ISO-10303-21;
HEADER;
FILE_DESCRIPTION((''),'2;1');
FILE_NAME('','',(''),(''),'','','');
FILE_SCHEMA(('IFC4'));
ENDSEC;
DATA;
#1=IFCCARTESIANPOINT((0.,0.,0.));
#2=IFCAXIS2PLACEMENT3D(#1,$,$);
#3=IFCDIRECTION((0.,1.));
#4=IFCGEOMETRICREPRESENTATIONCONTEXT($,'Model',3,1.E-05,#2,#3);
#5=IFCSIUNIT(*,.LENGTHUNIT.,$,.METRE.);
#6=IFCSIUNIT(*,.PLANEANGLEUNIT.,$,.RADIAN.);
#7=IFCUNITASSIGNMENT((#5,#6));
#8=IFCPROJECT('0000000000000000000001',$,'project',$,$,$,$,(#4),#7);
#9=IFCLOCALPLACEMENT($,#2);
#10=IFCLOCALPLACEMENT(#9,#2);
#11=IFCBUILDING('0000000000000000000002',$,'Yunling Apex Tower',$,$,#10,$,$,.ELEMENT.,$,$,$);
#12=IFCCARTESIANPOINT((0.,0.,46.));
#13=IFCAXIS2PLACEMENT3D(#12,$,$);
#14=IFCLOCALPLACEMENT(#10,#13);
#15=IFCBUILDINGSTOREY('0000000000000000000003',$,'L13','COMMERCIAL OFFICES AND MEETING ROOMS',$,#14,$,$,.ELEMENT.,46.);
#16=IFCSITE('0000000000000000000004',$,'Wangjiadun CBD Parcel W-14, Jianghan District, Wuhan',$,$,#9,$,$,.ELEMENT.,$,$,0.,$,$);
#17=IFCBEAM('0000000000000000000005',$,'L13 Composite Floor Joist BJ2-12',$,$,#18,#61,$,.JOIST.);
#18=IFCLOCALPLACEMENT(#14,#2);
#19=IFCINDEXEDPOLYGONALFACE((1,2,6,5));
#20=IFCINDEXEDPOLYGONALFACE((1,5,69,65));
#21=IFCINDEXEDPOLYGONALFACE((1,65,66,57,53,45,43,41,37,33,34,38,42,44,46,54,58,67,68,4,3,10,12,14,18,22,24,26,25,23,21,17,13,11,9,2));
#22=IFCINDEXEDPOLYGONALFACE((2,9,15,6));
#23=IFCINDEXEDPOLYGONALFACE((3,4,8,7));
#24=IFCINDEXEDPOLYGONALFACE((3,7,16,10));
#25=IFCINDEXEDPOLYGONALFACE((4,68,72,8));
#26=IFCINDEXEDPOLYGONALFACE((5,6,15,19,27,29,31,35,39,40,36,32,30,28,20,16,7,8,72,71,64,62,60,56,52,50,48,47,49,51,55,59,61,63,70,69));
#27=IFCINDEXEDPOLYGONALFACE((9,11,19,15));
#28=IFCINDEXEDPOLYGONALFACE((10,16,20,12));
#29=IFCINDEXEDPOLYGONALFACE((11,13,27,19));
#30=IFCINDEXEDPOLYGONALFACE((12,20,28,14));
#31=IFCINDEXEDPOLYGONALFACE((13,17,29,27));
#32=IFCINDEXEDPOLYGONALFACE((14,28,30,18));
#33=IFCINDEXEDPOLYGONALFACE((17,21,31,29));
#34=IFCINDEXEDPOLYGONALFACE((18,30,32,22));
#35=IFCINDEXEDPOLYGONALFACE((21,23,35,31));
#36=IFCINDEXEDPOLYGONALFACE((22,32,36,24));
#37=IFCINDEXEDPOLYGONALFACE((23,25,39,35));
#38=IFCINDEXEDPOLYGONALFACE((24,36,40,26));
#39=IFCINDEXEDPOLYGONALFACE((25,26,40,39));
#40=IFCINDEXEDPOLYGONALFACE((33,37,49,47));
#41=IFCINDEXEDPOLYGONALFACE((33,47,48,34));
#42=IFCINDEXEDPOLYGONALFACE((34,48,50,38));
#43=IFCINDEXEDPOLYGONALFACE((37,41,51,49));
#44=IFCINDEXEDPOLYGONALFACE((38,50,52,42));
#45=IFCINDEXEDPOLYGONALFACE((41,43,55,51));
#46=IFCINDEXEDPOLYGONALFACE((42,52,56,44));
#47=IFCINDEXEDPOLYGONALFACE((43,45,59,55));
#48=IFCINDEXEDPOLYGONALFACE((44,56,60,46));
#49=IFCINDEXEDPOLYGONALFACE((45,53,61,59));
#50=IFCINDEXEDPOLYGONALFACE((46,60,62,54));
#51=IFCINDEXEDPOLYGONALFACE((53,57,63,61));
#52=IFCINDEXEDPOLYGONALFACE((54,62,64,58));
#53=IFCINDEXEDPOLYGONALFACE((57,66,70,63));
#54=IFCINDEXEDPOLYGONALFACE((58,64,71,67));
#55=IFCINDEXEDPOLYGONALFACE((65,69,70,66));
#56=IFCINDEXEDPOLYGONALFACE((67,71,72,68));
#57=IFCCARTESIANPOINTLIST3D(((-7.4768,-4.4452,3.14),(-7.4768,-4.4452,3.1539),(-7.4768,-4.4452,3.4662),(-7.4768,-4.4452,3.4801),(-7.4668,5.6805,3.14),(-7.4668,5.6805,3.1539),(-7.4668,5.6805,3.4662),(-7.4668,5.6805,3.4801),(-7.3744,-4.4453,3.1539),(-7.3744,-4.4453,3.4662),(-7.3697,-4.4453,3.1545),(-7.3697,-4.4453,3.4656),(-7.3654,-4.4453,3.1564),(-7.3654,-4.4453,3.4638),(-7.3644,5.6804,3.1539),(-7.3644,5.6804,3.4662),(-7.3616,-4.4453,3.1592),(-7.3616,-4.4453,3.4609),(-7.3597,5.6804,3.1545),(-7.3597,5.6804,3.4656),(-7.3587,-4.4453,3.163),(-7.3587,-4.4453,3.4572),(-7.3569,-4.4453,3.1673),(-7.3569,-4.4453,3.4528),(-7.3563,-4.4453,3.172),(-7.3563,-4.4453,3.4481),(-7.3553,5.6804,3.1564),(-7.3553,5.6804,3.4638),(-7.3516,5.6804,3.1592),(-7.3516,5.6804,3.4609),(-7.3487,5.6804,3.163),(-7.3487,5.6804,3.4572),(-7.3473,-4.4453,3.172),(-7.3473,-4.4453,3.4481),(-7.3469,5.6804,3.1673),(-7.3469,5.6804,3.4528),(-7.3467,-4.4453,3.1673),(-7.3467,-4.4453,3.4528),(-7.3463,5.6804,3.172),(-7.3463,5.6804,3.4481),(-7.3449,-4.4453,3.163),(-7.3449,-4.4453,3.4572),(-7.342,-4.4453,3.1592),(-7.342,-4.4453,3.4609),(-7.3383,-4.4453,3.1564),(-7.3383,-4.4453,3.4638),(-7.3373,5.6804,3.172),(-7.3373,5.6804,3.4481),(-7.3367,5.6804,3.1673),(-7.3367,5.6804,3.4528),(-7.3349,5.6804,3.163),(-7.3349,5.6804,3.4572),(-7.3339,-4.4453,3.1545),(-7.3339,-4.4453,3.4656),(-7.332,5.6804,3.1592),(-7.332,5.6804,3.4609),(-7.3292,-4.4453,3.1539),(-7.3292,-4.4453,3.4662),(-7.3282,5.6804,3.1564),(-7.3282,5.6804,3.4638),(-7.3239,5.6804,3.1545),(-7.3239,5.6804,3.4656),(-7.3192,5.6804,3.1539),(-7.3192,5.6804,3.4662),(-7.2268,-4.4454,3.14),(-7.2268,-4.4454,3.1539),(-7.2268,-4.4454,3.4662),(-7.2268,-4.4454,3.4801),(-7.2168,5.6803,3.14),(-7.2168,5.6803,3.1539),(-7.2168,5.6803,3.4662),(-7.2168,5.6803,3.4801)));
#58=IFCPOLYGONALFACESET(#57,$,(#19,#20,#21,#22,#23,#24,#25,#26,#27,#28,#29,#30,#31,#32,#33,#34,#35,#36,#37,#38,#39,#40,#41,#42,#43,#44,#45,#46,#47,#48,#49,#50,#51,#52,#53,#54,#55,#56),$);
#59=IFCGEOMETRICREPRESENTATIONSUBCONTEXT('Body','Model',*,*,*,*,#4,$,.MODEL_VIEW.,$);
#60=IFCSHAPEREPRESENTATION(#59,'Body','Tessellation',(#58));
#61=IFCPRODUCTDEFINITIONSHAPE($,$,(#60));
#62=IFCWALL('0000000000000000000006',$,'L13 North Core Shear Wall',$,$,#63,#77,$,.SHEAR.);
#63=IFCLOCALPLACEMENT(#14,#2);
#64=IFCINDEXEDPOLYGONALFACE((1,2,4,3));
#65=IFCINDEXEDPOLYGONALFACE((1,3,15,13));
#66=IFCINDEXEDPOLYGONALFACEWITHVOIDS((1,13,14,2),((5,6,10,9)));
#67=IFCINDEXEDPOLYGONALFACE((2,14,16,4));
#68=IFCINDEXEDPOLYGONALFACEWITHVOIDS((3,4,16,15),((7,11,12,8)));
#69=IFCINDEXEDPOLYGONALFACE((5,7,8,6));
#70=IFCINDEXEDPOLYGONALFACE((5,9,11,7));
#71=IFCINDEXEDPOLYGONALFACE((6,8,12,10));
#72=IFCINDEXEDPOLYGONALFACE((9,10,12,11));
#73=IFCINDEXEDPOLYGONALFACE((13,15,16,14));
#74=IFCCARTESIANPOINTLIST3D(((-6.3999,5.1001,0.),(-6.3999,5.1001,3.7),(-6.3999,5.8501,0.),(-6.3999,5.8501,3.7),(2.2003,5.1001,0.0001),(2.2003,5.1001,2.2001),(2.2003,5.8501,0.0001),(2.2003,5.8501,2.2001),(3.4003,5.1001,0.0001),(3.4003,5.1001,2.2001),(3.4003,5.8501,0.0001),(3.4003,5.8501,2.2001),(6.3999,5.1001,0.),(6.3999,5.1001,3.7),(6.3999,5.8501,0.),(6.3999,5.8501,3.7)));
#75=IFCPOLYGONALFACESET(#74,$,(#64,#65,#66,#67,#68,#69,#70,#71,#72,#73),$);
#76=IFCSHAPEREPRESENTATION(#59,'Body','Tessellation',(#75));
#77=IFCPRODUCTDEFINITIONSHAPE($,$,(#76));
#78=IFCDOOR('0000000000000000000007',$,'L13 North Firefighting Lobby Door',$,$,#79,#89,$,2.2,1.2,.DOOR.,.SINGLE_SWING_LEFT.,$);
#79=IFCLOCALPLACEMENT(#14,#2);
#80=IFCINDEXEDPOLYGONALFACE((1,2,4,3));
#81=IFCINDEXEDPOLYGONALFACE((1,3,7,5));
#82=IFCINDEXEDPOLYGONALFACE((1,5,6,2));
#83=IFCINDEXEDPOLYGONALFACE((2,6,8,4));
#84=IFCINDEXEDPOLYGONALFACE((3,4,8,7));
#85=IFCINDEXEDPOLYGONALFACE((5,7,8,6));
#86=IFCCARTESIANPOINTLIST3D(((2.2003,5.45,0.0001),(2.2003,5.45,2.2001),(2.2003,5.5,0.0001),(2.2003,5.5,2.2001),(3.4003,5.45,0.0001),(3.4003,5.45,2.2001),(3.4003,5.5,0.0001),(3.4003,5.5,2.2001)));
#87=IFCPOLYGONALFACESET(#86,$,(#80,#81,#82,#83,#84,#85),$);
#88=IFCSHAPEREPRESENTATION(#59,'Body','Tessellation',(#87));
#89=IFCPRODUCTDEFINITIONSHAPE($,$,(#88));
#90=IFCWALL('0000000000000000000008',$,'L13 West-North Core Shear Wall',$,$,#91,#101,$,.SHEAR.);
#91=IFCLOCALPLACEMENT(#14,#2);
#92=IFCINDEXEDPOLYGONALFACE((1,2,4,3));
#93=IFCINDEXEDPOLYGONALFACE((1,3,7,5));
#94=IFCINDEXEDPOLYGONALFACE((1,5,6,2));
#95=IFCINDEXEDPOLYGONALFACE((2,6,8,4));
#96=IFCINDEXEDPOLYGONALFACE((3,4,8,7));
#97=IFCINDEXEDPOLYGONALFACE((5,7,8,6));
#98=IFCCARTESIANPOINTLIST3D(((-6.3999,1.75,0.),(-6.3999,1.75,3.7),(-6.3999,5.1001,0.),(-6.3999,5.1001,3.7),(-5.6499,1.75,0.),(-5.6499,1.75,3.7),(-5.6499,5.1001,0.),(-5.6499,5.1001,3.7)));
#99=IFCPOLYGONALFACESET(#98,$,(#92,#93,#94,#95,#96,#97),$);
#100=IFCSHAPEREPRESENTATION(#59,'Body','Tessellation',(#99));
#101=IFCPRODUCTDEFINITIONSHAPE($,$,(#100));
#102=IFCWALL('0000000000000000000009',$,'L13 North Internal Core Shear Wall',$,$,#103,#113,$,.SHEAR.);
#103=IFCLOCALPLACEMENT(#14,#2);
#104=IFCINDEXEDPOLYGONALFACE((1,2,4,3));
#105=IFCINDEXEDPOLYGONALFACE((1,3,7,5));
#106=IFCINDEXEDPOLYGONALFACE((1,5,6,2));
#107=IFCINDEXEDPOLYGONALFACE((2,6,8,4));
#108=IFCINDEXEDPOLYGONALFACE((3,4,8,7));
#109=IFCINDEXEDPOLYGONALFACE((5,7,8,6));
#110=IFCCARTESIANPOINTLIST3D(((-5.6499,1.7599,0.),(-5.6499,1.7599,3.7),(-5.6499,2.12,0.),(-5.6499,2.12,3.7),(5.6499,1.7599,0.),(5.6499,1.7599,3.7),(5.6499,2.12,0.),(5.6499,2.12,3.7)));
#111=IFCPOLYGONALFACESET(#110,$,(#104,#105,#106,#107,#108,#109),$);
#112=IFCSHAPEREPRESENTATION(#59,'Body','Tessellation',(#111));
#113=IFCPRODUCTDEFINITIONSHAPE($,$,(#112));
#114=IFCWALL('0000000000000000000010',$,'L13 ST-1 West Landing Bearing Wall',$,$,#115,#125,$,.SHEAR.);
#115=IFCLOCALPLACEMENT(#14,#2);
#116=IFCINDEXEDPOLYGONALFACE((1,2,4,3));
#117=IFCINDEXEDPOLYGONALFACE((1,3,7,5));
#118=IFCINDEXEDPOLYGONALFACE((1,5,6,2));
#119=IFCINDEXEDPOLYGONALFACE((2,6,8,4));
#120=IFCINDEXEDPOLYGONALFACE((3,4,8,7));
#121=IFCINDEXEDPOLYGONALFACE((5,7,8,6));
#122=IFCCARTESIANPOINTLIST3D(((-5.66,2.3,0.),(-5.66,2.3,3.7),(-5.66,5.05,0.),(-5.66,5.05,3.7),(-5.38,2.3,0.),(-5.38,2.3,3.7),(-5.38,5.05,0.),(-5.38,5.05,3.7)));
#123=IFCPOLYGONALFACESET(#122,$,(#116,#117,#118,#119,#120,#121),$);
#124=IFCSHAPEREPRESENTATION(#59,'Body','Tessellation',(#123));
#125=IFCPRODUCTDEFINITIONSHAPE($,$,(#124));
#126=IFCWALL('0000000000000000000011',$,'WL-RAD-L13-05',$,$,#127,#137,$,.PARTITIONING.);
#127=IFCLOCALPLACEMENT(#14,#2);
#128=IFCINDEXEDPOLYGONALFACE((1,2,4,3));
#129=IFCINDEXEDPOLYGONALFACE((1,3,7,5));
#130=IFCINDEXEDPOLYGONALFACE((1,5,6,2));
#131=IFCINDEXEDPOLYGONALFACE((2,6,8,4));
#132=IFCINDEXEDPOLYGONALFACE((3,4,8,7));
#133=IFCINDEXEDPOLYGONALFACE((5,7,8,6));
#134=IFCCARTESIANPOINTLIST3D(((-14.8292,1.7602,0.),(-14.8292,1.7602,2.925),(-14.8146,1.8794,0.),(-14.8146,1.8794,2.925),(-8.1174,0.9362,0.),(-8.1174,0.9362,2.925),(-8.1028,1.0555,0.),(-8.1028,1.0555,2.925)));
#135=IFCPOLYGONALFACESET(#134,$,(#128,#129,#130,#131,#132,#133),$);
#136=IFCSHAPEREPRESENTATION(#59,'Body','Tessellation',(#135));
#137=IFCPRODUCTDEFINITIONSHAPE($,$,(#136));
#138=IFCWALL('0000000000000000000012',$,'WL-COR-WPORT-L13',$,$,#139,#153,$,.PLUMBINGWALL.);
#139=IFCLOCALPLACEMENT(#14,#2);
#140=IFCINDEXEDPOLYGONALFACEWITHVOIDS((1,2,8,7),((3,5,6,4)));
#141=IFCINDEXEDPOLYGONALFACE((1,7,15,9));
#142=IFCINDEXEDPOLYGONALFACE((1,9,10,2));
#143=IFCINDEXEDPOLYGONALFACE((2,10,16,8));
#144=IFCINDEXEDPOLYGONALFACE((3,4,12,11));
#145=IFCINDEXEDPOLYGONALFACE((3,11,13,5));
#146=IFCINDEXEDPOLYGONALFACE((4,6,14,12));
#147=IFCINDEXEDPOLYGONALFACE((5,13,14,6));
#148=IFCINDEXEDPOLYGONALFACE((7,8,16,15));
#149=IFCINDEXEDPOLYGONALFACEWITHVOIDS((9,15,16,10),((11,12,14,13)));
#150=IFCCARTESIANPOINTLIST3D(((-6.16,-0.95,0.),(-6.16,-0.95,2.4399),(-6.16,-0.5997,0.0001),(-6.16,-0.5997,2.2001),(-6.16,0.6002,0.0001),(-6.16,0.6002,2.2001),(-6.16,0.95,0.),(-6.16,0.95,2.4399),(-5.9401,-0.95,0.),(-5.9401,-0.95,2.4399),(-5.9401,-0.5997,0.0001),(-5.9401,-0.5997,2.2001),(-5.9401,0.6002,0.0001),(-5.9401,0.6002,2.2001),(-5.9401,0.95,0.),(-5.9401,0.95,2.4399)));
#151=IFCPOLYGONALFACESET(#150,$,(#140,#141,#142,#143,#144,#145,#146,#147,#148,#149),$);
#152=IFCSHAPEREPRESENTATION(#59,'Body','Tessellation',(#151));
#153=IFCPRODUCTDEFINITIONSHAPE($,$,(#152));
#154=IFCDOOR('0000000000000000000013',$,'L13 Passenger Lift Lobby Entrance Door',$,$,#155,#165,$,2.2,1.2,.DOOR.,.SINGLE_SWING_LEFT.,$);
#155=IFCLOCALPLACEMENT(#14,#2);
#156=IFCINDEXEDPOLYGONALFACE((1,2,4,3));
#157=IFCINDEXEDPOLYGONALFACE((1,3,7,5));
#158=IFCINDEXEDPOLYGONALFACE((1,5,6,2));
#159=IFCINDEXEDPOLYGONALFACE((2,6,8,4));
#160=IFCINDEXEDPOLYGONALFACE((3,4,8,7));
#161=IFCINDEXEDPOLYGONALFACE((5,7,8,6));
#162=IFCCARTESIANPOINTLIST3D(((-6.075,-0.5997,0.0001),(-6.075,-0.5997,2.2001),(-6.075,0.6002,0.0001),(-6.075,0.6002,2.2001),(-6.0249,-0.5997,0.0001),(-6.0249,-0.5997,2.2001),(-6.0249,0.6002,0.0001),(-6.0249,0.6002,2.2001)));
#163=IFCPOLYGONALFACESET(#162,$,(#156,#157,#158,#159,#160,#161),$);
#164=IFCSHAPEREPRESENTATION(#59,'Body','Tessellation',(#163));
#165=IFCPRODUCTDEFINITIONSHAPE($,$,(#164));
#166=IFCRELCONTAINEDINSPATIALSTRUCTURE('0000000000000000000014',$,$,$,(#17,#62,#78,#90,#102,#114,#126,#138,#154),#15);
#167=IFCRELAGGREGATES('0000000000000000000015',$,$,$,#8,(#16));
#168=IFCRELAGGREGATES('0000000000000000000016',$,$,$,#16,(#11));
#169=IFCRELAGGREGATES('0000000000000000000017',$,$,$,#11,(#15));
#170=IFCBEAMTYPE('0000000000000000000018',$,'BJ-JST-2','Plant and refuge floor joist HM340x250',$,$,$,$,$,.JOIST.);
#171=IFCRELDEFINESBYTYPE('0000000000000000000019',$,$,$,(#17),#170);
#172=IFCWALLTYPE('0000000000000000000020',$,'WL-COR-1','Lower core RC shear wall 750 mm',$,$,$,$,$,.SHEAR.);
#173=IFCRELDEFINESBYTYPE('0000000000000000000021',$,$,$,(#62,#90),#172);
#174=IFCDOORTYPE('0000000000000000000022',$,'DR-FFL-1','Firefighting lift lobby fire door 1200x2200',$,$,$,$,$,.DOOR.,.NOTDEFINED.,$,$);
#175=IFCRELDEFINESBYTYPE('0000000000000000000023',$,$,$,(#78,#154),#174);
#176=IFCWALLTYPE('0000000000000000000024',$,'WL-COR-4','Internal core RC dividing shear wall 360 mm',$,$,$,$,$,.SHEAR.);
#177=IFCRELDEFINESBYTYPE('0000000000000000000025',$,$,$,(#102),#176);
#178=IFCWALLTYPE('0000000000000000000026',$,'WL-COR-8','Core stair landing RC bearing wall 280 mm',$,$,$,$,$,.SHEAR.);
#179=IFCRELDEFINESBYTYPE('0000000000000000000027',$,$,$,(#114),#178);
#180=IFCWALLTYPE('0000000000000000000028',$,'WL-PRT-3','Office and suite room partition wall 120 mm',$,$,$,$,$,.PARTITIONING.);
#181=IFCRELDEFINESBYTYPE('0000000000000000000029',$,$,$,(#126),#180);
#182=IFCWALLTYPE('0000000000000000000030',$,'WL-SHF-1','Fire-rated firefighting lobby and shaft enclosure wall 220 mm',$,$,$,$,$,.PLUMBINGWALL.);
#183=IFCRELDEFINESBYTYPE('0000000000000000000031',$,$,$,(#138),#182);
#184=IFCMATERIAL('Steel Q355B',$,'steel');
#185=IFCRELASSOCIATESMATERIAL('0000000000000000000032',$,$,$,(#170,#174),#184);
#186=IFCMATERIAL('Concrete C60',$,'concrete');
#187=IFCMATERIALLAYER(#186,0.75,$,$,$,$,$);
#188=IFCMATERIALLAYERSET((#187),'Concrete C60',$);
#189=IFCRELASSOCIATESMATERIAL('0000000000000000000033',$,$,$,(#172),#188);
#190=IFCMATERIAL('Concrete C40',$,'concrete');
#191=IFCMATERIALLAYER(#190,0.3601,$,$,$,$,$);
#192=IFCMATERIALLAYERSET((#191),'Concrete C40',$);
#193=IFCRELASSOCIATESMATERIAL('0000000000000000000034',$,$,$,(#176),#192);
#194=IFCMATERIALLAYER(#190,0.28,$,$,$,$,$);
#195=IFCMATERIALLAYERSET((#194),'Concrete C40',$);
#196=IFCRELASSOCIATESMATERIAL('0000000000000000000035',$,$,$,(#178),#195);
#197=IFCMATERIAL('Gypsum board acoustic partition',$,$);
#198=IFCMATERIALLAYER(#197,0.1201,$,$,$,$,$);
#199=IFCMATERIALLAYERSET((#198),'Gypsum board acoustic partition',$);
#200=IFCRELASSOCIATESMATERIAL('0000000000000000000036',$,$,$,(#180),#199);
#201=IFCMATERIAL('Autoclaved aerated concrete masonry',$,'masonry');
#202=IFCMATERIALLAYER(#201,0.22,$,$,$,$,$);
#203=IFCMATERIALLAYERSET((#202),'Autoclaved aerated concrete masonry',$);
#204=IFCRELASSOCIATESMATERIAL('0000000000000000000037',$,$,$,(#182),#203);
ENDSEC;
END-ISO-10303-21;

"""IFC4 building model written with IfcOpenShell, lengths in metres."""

from ifc_helpers import new_model, si_unit, direction, frame, frame_2d, origin, origin_2d, place, context, subcontext, project, spatial, rectangle, i_section, extrude, source, transform, mapped, material, layer, layer_set, material_profile, profile_set, type_object, element, fill, save


model = new_model("IFC4")

# Units and contexts
model_context = context("Model", 3, precision=1e-05, world=origin(), true_north=direction((0.0, 1.0)))
body_context = subcontext(model_context, "Body", "Model", "MODEL_VIEW")
ifc_project = project(units=[si_unit("LENGTHUNIT", "METRE"), si_unit("PLANEANGLEUNIT", "RADIAN")], contexts=[model_context])

# Site, building, storey
site_placement = place(None, origin())
site = spatial("IfcSite", under=ifc_project, at=site_placement, Name="Wangjiadun CBD Parcel W-14, Jianghan District, Wuhan", CompositionType="ELEMENT", RefElevation=0.0)
building_placement = place(site_placement, origin())
building = spatial("IfcBuilding", under=site, at=building_placement, Name="Yunling Apex Tower", CompositionType="ELEMENT")
storey_placement = place(building_placement, frame((0.0, 0.0, 46.0)))
storey = spatial("IfcBuildingStorey", under=building, at=storey_placement, Name="L13", Description="COMMERCIAL OFFICES AND MEETING ROOMS", CompositionType="ELEMENT", Elevation=46.0)

# Shared definitions
ifc_material_1 = material(Name="Concrete C60", Category="concrete")

# Beam
ifc_material_2 = material(Name="Steel Q355B", Category="steel")
ifc_material_profile_1 = material_profile(ifc_material_2, i_section(OverallWidth=0.25, OverallDepth=0.3401, WebThickness=0.009, FlangeThickness=0.0139, FilletRadius=0.0181, at=origin_2d()))
ifc_profile_set_1 = profile_set([ifc_material_profile_1], Name="Steel Q355B")
beam_type_1 = type_object("IfcBeamType", Name="BJ-JST-2", Description="Plant and refuge floor joist HM340x250", PredefinedType="JOIST", material=ifc_profile_set_1)
shared_shape_1 = source(origin(), body_context, "Body", "SweptSolid", [
    extrude(i_section(OverallWidth=0.25, OverallDepth=0.3401, WebThickness=0.009, FlangeThickness=0.0139, FilletRadius=0.0181, at=origin_2d()), origin(), (0.0, 0.0, 1.0), 10.1257),
])
beam_1_placement = place(storey_placement, frame((-7.3418, 5.6804, 3.3101), z_axis=(-0.000989, -1.0, 0.0), x_axis=(1.0, -0.000989, 0.0)))
element("IfcBeam", 1, at=beam_1_placement, inside=storey, type_object=beam_type_1, Name="L13 Composite Floor Joist BJ2-12", PredefinedType="JOIST", context=body_context, shape_type="MappedRepresentation", body=[
    mapped(shared_shape_1, transform((0.0, 0.0, 0.0), scale=1.0)),
])

# Wall, opening, door
ifc_layer_1 = layer(ifc_material_1, 0.75)
ifc_layer_set_1 = layer_set([ifc_layer_1], Name="Concrete C60")
wall_type_1 = type_object("IfcWallType", Name="WL-COR-1", Description="Lower core RC shear wall 750 mm", PredefinedType="SHEAR", material=ifc_layer_set_1)
wall_1_placement = place(storey_placement, frame((-6.3999, 5.4751, 0.0), z_axis=(0.0, 0.0, 1.0), x_axis=(1.0, 0.0, 0.0)))
wall_1 = element("IfcWall", 2, at=wall_1_placement, inside=storey, type_object=wall_type_1, Name="L13 North Core Shear Wall", PredefinedType="SHEAR", context=body_context, shape_type="SweptSolid", body=[
    extrude(rectangle(XDim=12.7998, YDim=0.75, at=frame_2d((6.3999, 0.0))), origin(), (0.0, 0.0, 1.0), 3.7),
])
opening_1_placement = place(wall_1_placement, frame((8.6001, 0.0, 0.0)))
opening_1 = element("IfcOpeningElement", 3, at=opening_1_placement, cuts=wall_1, PredefinedType="OPENING", context=body_context, shape_type="SweptSolid", body=[
    extrude(rectangle(XDim=1.2, YDim=2.2, at=frame_2d((0.6001, 1.1001))), frame((0.0, 0.385, 0.0), z_axis=(0.0, -1.0, 0.0), x_axis=(1.0, 0.0, 0.0)), (0.0, 0.0, 1.0), 0.77),
])
door_type_1 = type_object("IfcDoorType", Name="DR-FFL-1", Description="Firefighting lift lobby fire door 1200x2200", OperationType="NOTDEFINED", PredefinedType="DOOR", material=ifc_material_2)
door_1_placement = place(opening_1_placement, origin())
door_1 = element("IfcDoor", 4, at=door_1_placement, inside=storey, type_object=door_type_1, Name="L13 North Firefighting Lobby Door", OperationType="SINGLE_SWING_LEFT", OverallHeight=2.2, OverallWidth=1.2, PredefinedType="DOOR", context=body_context, shape_type="SweptSolid", body=[
    extrude(rectangle(XDim=1.2, YDim=2.2, at=frame_2d((0.6001, 1.1001))), frame((0.0, 0.0249, 0.0), z_axis=(0.0, -1.0, 0.0), x_axis=(1.0, 0.0, 0.0)), (0.0, 0.0, 1.0), 0.05),
])
fill(opening_1, door_1)

# Walls
wall_2_placement = place(storey_placement, frame((-6.0249, 1.75, 0.0), z_axis=(0.0, 0.0, 1.0), x_axis=(0.0, 1.0, 0.0)))
element("IfcWall", 5, at=wall_2_placement, inside=storey, type_object=wall_type_1, Name="L13 West-North Core Shear Wall", PredefinedType="SHEAR", context=body_context, shape_type="SweptSolid", body=[
    extrude(rectangle(XDim=3.3501, YDim=0.75, at=frame_2d((1.675, 0.0))), origin(), (0.0, 0.0, 1.0), 3.7),
])
ifc_material_3 = material(Name="Concrete C40", Category="concrete")
ifc_layer_2 = layer(ifc_material_3, 0.3601)
ifc_layer_set_2 = layer_set([ifc_layer_2], Name="Concrete C40")
wall_type_2 = type_object("IfcWallType", Name="WL-COR-4", Description="Internal core RC dividing shear wall 360 mm", PredefinedType="SHEAR", material=ifc_layer_set_2)
wall_3_placement = place(storey_placement, frame((-5.6499, 1.9399, 0.0), z_axis=(0.0, 0.0, 1.0), x_axis=(1.0, 0.0, 0.0)))
element("IfcWall", 6, at=wall_3_placement, inside=storey, type_object=wall_type_2, Name="L13 North Internal Core Shear Wall", PredefinedType="SHEAR", context=body_context, shape_type="SweptSolid", body=[
    extrude(rectangle(XDim=11.2998, YDim=0.3601, at=frame_2d((5.6499, 0.0))), origin(), (0.0, 0.0, 1.0), 3.7),
])
ifc_layer_3 = layer(ifc_material_3, 0.28)
ifc_layer_set_3 = layer_set([ifc_layer_3], Name="Concrete C40")
wall_type_3 = type_object("IfcWallType", Name="WL-COR-8", Description="Core stair landing RC bearing wall 280 mm", PredefinedType="SHEAR", material=ifc_layer_set_3)
wall_4_placement = place(storey_placement, frame((-5.52, 2.3, 0.0), z_axis=(0.0, 0.0, 1.0), x_axis=(0.0, 1.0, 0.0)))
element("IfcWall", 7, at=wall_4_placement, inside=storey, type_object=wall_type_3, Name="L13 ST-1 West Landing Bearing Wall", PredefinedType="SHEAR", context=body_context, shape_type="SweptSolid", body=[
    extrude(rectangle(XDim=2.75, YDim=0.28, at=frame_2d((1.375, 0.0))), origin(), (0.0, 0.0, 1.0), 3.7),
])
ifc_material_4 = material(Name="Gypsum board acoustic partition")
ifc_layer_4 = layer(ifc_material_4, 0.1201)
ifc_layer_set_4 = layer_set([ifc_layer_4], Name="Gypsum board acoustic partition")
wall_type_4 = type_object("IfcWallType", Name="WL-PRT-3", Description="Office and suite room partition wall 120 mm", PredefinedType="PARTITIONING", material=ifc_layer_set_4)
wall_5_placement = place(storey_placement, frame((-8.1101, 0.9958, 0.0), z_axis=(0.0, 0.0, 1.0), x_axis=(-0.992549, 0.121848, 0.0)))
element("IfcWall", 8, at=wall_5_placement, inside=storey, type_object=wall_type_4, Name="WL-RAD-L13-05", PredefinedType="PARTITIONING", context=body_context, shape_type="SweptSolid", body=[
    extrude(rectangle(XDim=6.7622, YDim=0.1201, at=frame_2d((3.3811, 0.0))), origin(), (0.0, 0.0, 1.0), 2.925),
])

# Wall, opening, door
ifc_material_5 = material(Name="Autoclaved aerated concrete masonry", Category="masonry")
ifc_layer_5 = layer(ifc_material_5, 0.22)
ifc_layer_set_5 = layer_set([ifc_layer_5], Name="Autoclaved aerated concrete masonry")
wall_type_5 = type_object("IfcWallType", Name="WL-SHF-1", Description="Fire-rated firefighting lobby and shaft enclosure wall 220 mm", PredefinedType="PLUMBINGWALL", material=ifc_layer_set_5)
wall_6_placement = place(storey_placement, frame((-6.05, -0.95, 0.0), z_axis=(0.0, 0.0, 1.0), x_axis=(0.0, 1.0, 0.0)))
wall_6 = element("IfcWall", 9, at=wall_6_placement, inside=storey, type_object=wall_type_5, Name="WL-COR-WPORT-L13", PredefinedType="PLUMBINGWALL", context=body_context, shape_type="SweptSolid", body=[
    extrude(rectangle(XDim=1.8999, YDim=0.22, at=frame_2d((0.95, 0.0))), origin(), (0.0, 0.0, 1.0), 2.4399),
])
opening_2_placement = place(wall_6_placement, frame((0.3501, 0.0, 0.0)))
opening_2 = element("IfcOpeningElement", 10, at=opening_2_placement, cuts=wall_6, PredefinedType="OPENING", context=body_context, shape_type="SweptSolid", body=[
    extrude(rectangle(XDim=1.2, YDim=2.2, at=frame_2d((0.6001, 1.1001))), frame((0.0, 0.1201, 0.0), z_axis=(0.0, -1.0, 0.0), x_axis=(1.0, 0.0, 0.0)), (0.0, 0.0, 1.0), 0.24),
])
door_2_placement = place(opening_2_placement, origin())
door_2 = element("IfcDoor", 11, at=door_2_placement, inside=storey, type_object=door_type_1, Name="L13 Passenger Lift Lobby Entrance Door", OperationType="SINGLE_SWING_LEFT", OverallHeight=2.2, OverallWidth=1.2, PredefinedType="DOOR", context=body_context, shape_type="SweptSolid", body=[
    extrude(rectangle(XDim=1.2, YDim=2.2, at=frame_2d((0.6001, 1.1001))), frame((0.0, 0.0249, 0.0), z_axis=(0.0, -1.0, 0.0), x_axis=(1.0, 0.0, 0.0)), (0.0, 0.0, 1.0), 0.05),
])
fill(opening_2, door_2)

save(model, "model.ifc")
